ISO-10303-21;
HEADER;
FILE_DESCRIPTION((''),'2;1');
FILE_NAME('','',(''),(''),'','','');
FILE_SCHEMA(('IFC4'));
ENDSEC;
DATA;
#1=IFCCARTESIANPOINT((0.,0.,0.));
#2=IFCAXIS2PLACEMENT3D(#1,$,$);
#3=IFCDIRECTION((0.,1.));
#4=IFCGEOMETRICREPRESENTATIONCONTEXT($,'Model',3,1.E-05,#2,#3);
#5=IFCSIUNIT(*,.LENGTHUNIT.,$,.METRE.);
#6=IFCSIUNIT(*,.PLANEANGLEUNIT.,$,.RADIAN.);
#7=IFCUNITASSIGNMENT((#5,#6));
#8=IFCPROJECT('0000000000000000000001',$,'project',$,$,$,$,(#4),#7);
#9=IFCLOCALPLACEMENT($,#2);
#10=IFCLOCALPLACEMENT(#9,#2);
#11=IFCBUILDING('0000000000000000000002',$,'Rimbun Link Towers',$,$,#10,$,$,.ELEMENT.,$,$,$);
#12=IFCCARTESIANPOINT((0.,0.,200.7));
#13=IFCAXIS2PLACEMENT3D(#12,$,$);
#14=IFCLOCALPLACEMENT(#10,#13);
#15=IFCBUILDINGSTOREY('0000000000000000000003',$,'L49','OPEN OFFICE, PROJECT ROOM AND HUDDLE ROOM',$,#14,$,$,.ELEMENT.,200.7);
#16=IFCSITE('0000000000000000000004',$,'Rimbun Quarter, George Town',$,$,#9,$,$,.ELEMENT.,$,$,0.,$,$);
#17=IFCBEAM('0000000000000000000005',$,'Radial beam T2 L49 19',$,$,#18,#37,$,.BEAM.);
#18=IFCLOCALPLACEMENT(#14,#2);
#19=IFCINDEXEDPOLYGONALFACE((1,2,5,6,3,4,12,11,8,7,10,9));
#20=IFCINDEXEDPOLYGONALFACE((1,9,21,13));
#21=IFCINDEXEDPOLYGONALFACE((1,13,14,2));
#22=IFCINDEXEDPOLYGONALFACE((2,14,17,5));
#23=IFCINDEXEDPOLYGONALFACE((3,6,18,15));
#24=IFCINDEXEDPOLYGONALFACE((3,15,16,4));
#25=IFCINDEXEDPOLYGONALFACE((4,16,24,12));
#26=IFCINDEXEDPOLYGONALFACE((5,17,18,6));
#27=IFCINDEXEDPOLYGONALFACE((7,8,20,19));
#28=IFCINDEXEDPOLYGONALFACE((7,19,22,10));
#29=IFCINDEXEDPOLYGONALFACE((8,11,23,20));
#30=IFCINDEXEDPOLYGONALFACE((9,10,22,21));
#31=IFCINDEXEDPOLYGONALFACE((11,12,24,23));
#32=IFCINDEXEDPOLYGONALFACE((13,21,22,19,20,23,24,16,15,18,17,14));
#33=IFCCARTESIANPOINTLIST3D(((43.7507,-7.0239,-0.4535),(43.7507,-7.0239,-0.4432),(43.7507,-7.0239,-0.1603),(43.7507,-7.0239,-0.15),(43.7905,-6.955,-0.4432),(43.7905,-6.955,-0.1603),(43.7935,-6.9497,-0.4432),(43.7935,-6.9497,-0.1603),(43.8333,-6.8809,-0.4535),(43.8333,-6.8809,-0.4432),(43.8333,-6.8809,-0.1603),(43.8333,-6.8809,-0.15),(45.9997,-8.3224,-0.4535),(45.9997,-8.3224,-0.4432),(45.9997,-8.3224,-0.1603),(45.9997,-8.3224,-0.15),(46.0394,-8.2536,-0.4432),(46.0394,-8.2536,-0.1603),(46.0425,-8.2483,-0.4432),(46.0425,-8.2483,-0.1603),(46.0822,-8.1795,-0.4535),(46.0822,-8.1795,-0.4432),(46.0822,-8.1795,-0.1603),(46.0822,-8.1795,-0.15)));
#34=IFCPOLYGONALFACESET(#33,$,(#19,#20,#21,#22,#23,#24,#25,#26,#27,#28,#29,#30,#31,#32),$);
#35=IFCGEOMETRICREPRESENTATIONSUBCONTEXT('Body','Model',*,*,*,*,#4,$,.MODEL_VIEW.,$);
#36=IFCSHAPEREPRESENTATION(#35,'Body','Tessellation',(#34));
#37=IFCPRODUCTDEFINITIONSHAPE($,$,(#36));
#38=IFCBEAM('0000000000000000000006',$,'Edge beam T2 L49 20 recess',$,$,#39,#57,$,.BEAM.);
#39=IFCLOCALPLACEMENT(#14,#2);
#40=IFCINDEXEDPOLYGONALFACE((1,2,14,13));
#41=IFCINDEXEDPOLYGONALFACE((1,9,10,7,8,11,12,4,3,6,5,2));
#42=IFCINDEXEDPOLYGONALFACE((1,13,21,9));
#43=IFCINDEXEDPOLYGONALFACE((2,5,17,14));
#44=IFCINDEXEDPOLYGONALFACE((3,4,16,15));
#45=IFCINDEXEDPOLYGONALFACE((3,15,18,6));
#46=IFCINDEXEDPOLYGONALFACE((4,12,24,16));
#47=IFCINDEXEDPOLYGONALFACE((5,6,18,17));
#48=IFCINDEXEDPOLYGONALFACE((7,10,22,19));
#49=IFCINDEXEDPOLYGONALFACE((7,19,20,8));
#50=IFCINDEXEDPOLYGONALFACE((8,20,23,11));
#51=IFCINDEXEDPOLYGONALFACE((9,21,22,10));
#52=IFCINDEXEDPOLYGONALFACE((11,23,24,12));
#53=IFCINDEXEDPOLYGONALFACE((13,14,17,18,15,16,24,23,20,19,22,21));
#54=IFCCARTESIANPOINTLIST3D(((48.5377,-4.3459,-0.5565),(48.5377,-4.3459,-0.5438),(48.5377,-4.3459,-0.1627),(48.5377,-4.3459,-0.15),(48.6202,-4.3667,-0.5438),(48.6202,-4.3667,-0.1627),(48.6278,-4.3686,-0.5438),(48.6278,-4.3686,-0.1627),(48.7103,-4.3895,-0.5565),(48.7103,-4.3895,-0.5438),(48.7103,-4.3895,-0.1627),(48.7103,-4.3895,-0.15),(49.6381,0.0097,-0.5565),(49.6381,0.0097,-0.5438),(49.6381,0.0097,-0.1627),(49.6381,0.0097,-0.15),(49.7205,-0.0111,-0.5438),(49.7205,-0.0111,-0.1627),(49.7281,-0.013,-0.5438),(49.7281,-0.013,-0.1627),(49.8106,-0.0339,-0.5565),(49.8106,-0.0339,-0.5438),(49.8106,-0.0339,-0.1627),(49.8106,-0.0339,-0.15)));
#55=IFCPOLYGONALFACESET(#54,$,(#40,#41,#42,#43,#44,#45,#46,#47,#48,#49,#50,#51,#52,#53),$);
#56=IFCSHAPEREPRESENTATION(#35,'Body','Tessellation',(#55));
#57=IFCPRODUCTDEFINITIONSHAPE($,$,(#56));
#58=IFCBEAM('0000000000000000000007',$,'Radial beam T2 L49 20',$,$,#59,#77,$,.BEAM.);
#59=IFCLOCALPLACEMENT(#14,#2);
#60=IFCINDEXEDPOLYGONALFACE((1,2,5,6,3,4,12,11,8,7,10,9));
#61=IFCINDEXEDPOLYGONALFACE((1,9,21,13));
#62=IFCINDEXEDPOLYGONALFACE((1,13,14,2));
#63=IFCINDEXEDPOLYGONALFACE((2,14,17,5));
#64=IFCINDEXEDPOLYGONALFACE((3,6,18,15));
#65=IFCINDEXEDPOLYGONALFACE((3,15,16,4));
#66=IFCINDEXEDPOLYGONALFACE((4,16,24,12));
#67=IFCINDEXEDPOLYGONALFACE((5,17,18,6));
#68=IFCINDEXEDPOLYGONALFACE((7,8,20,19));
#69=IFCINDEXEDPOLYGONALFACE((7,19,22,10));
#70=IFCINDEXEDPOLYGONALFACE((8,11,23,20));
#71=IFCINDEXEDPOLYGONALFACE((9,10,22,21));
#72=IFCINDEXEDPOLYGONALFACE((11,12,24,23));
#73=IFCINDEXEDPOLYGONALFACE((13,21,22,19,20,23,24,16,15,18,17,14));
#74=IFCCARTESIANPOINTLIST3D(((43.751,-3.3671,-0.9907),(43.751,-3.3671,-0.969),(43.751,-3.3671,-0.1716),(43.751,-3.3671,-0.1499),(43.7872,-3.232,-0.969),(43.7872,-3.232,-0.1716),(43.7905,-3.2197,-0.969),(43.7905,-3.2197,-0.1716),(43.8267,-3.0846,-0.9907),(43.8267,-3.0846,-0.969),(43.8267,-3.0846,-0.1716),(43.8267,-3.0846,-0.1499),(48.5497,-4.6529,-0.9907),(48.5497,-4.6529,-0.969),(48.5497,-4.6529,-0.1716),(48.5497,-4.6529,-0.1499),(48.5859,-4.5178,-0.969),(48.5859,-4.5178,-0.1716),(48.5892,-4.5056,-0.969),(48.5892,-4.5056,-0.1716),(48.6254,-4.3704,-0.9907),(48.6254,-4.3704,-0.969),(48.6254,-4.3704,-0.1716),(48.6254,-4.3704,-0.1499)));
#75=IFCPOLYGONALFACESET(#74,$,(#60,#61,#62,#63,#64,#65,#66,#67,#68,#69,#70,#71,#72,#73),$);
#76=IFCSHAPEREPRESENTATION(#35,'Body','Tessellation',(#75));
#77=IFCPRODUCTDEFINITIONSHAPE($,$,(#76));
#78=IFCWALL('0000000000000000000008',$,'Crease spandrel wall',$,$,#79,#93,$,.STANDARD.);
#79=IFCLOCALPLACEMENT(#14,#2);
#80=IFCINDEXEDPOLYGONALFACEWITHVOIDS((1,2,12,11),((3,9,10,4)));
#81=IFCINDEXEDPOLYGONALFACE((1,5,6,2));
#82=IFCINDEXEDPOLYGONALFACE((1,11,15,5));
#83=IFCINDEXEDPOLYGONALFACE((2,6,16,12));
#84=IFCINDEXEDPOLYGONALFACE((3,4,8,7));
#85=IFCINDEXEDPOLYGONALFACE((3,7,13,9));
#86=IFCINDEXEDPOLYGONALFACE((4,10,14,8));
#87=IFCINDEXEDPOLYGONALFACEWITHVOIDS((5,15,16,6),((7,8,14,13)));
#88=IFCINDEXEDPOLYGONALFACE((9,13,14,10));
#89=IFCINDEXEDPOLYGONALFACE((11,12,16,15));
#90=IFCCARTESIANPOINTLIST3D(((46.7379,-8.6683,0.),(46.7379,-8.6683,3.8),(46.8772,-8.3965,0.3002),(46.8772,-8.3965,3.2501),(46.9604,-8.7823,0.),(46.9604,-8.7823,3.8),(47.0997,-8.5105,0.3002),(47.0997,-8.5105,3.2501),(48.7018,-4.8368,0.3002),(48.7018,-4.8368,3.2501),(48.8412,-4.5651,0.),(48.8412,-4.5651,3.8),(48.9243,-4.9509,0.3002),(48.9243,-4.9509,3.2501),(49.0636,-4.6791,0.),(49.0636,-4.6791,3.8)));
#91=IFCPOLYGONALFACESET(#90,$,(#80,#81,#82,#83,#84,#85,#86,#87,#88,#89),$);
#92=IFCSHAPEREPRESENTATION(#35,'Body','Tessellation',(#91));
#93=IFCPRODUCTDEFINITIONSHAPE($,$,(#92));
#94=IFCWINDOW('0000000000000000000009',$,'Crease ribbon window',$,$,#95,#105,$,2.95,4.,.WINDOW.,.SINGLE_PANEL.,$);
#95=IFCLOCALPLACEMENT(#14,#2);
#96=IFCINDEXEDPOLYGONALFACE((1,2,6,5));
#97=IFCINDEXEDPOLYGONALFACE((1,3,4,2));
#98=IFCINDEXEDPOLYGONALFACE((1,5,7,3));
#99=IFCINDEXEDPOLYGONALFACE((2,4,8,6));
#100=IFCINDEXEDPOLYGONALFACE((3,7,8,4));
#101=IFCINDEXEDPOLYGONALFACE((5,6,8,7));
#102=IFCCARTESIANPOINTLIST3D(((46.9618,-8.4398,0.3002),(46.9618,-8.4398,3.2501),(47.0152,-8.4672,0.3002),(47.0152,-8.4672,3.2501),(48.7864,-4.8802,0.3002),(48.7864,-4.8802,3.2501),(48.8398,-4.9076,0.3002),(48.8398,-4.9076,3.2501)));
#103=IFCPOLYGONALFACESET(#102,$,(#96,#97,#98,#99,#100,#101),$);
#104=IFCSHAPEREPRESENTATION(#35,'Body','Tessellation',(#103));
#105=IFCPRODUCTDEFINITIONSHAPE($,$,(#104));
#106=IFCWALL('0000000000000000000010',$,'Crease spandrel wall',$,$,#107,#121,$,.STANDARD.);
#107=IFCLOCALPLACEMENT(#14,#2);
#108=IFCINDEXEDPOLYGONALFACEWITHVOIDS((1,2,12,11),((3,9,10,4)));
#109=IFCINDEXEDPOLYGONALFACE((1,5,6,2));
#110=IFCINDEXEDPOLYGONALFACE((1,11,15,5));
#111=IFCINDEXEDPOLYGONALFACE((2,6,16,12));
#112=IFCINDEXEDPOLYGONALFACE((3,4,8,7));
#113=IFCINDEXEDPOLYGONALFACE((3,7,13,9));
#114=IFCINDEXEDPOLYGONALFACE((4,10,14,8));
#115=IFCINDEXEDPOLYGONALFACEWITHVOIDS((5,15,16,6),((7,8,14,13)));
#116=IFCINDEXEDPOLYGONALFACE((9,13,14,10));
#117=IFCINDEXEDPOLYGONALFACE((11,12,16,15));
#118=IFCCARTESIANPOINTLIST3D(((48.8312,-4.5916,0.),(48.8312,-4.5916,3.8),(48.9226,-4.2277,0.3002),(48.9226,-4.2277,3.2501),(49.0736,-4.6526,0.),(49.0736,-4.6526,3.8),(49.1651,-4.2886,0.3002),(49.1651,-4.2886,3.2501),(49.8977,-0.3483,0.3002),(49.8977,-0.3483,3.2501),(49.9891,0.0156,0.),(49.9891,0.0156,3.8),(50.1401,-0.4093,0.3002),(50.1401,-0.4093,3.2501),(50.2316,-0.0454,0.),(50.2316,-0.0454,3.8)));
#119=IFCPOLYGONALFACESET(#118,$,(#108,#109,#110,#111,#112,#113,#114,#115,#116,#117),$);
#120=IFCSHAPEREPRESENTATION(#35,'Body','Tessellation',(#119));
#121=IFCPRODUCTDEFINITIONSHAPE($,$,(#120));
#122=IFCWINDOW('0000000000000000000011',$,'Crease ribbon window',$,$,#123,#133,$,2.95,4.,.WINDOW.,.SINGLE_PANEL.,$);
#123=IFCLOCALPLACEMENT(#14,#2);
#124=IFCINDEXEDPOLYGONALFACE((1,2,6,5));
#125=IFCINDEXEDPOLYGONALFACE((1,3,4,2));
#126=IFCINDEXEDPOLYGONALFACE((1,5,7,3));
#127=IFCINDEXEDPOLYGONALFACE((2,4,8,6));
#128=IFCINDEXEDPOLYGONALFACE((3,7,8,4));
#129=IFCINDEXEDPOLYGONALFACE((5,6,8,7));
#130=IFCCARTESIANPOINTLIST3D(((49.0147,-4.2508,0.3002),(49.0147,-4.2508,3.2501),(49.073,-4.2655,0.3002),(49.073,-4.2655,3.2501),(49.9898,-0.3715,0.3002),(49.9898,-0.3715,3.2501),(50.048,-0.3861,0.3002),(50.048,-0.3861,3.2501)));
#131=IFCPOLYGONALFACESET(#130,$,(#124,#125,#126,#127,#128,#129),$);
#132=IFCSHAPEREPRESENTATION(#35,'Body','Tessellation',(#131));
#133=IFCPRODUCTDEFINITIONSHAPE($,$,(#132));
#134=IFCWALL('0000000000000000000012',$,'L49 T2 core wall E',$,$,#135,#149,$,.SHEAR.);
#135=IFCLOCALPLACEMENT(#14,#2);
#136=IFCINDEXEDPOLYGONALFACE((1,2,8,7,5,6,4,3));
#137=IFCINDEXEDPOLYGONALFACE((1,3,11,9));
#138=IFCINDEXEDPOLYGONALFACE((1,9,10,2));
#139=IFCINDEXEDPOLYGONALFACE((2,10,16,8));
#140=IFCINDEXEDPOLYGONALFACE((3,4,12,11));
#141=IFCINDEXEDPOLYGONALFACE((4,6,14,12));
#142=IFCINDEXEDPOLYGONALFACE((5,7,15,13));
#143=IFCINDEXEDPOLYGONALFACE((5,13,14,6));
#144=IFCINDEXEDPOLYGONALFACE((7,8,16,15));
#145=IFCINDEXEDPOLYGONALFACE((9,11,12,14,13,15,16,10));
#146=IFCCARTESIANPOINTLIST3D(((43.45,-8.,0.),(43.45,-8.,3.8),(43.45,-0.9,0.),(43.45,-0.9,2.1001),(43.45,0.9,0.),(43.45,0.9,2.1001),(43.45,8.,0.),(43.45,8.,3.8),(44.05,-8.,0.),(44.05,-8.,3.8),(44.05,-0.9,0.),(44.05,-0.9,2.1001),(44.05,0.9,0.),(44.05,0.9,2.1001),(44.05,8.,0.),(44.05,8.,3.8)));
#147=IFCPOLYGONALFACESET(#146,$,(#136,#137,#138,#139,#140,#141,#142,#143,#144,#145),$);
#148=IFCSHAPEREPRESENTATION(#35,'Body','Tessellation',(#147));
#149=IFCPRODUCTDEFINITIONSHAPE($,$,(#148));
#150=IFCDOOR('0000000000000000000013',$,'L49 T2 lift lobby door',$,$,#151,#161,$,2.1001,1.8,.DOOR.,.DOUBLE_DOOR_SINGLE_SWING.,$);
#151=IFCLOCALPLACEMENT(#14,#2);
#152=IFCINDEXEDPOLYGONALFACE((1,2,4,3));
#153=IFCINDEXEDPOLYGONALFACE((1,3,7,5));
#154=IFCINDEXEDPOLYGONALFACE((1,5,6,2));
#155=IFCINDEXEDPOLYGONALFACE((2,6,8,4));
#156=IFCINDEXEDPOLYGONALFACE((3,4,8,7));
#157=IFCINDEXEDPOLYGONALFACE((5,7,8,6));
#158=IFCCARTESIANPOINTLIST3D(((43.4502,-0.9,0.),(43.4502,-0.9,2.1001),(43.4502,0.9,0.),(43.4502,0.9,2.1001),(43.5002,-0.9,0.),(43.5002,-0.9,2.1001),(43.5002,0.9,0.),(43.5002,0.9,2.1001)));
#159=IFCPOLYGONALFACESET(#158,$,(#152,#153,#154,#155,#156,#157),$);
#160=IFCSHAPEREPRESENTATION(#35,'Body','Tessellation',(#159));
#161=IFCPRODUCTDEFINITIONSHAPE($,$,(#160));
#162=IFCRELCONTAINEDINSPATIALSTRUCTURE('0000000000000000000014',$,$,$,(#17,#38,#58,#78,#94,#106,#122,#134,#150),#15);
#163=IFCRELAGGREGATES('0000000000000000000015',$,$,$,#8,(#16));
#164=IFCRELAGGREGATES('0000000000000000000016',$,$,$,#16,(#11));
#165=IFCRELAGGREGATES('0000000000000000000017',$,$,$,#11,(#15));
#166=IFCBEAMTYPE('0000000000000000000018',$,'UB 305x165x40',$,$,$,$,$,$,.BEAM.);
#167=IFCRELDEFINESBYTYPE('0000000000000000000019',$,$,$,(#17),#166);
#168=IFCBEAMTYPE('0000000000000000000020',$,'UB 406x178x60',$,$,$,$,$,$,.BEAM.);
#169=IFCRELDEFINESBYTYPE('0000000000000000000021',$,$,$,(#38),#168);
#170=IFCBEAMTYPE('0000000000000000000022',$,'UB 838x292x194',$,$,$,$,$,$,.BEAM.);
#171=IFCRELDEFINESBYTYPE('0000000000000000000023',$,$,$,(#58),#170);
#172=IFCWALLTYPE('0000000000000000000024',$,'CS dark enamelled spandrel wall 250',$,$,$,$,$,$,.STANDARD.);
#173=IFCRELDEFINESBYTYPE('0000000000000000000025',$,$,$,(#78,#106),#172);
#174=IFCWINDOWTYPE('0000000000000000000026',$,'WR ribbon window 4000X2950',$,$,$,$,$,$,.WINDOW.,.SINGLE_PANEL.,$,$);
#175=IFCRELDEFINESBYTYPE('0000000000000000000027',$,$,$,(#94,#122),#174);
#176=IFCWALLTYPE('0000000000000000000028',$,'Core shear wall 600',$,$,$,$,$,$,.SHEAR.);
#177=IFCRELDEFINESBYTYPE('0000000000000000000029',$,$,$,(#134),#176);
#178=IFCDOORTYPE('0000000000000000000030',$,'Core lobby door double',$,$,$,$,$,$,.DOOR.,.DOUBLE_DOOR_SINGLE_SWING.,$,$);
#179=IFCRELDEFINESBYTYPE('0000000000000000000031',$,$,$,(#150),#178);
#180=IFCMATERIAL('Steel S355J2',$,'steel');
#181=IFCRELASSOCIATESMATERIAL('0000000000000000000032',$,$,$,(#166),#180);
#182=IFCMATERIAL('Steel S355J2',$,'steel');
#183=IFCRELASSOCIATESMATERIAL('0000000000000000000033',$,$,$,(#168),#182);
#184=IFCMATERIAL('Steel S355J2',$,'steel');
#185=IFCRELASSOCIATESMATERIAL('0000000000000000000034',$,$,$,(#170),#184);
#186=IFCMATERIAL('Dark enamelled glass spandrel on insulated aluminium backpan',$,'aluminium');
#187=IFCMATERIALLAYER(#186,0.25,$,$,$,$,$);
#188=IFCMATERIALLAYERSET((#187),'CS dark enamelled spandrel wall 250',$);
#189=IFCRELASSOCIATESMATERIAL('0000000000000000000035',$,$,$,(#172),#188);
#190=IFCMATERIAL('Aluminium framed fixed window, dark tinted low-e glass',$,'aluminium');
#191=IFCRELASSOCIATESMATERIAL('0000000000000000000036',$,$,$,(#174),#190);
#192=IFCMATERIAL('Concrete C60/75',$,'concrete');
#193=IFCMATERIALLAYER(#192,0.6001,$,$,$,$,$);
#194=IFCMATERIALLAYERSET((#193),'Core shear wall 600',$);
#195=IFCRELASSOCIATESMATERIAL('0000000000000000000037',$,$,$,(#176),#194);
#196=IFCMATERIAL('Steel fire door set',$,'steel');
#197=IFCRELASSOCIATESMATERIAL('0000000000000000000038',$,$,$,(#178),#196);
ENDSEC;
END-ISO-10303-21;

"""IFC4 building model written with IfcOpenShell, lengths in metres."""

from ifc_helpers import new_model, si_unit, direction, frame, frame_2d, origin, origin_2d, place, context, subcontext, project, spatial, rectangle, i_section, extrude, material, layer, layer_set, material_profile, profile_set, type_object, element, fill, save


model = new_model("IFC4")

# Units and contexts
model_context = context("Model", 3, precision=1e-05, world=origin(), true_north=direction((0.0, 1.0)))
body_context = subcontext(model_context, "Body", "Model", "MODEL_VIEW")
ifc_project = project(units=[si_unit("LENGTHUNIT", "METRE"), si_unit("PLANEANGLEUNIT", "RADIAN")], contexts=[model_context])

# Site, building, storey
site_placement = place(None, origin())
site = spatial("IfcSite", under=ifc_project, at=site_placement, Name="Rimbun Quarter, George Town", CompositionType="ELEMENT", RefElevation=0.0)
building_placement = place(site_placement, origin())
building = spatial("IfcBuilding", under=site, at=building_placement, Name="Rimbun Link Towers", CompositionType="ELEMENT")
storey_placement = place(building_placement, frame((0.0, 0.0, 200.7)))
storey = spatial("IfcBuildingStorey", under=building, at=storey_placement, Name="L49", Description="OPEN OFFICE, PROJECT ROOM AND HUDDLE ROOM", CompositionType="ELEMENT", Elevation=200.7)

# Beams
ifc_material_1 = material(Name="Steel S355J2", Category="steel")
ifc_material_profile_1 = material_profile(ifc_material_1, i_section(OverallWidth=0.165, OverallDepth=0.3035, WebThickness=0.0061, FlangeThickness=0.0103, at=origin_2d()), Name="UB 305x165x40")
ifc_profile_set_1 = profile_set([ifc_material_profile_1], Name="Steel S355J2")
beam_type_1 = type_object("IfcBeamType", Name="UB 305x165x40", PredefinedType="BEAM", material=ifc_profile_set_1)
beam_1_placement = place(storey_placement, frame((43.792, -6.9524, -0.3018), z_axis=(0.866007, -0.500032, 0.0), x_axis=(0.500032, 0.866007, 0.0)))
element("IfcBeam", 1, at=beam_1_placement, inside=storey, type_object=beam_type_1, Name="Radial beam T2 L49 19", PredefinedType="BEAM", context=body_context, shape_type="SweptSolid", body=[
    extrude(i_section(OverallWidth=0.165, OverallDepth=0.3035, WebThickness=0.0061, FlangeThickness=0.0103, at=origin_2d()), origin(), (0.0, 0.0, 1.0), 2.5969),
])
ifc_material_2 = material(Name="Steel S355J2", Category="steel")
ifc_material_profile_2 = material_profile(ifc_material_2, i_section(OverallWidth=0.178, OverallDepth=0.4065, WebThickness=0.0078, FlangeThickness=0.0127, at=origin_2d()), Name="UB 406x178x60")
ifc_profile_set_2 = profile_set([ifc_material_profile_2], Name="Steel S355J2")
beam_type_2 = type_object("IfcBeamType", Name="UB 406x178x60", PredefinedType="BEAM", material=ifc_profile_set_2)
beam_2_placement = place(storey_placement, frame((48.624, -4.3677, -0.3533), z_axis=(0.244926, 0.969542, 0.0), x_axis=(-0.969542, 0.244926, 0.0)))
element("IfcBeam", 2, at=beam_2_placement, inside=storey, type_object=beam_type_2, Name="Edge beam T2 L49 20 recess", PredefinedType="BEAM", context=body_context, shape_type="SweptSolid", body=[
    extrude(i_section(OverallWidth=0.178, OverallDepth=0.4065, WebThickness=0.0078, FlangeThickness=0.0127, at=origin_2d()), origin(), (0.0, 0.0, 1.0), 4.4924),
])
ifc_material_3 = material(Name="Steel S355J2", Category="steel")
ifc_material_profile_3 = material_profile(ifc_material_3, i_section(OverallWidth=0.2925, OverallDepth=0.8408, WebThickness=0.0127, FlangeThickness=0.0217, at=origin_2d()), Name="UB 838x292x194")
ifc_profile_set_3 = profile_set([ifc_material_profile_3], Name="Steel S355J2")
beam_type_3 = type_object("IfcBeamType", Name="UB 838x292x194", PredefinedType="BEAM", material=ifc_profile_set_3)
beam_3_placement = place(storey_placement, frame((43.7888, -3.2258, -0.5703), z_axis=(0.965923, -0.258828, 0.0), x_axis=(0.258828, 0.965923, 0.0)))
element("IfcBeam", 3, at=beam_3_placement, inside=storey, type_object=beam_type_3, Name="Radial beam T2 L49 20", PredefinedType="BEAM", context=body_context, shape_type="SweptSolid", body=[
    extrude(i_section(OverallWidth=0.2925, OverallDepth=0.8408, WebThickness=0.0127, FlangeThickness=0.0217, at=origin_2d()), origin(), (0.0, 0.0, 1.0), 4.968),
])

# Walls, openings, windows
ifc_material_4 = material(Name="Dark enamelled glass spandrel on insulated aluminium backpan", Category="aluminium")
ifc_layer_1 = layer(ifc_material_4, 0.25)
ifc_layer_set_1 = layer_set([ifc_layer_1], Name="CS dark enamelled spandrel wall 250")
wall_type_1 = type_object("IfcWallType", Name="CS dark enamelled spandrel wall 250", PredefinedType="STANDARD", material=ifc_layer_set_1)
wall_1_placement = place(storey_placement, frame((48.9524, -4.6221, 0.0), z_axis=(0.0, 0.0, 1.0), x_axis=(-0.45615, -0.889903, 0.0)))
wall_1 = element("IfcWall", 4, at=wall_1_placement, inside=storey, type_object=wall_type_1, Name="Crease spandrel wall", PredefinedType="STANDARD", context=body_context, shape_type="SweptSolid", body=[
    extrude(rectangle(XDim=4.6108, YDim=0.25, at=frame_2d((2.3054, 0.0))), origin(), (0.0, 0.0, 1.0), 3.8),
])
opening_1_placement = place(wall_1_placement, frame((0.3054, 0.0, 0.3)))
opening_1 = element("IfcOpeningElement", 5, at=opening_1_placement, cuts=wall_1, PredefinedType="OPENING", context=body_context, shape_type="SweptSolid", body=[
    extrude(rectangle(XDim=4.0, YDim=2.95, at=frame_2d((2.0, 1.4751))), frame((0.0, 0.135, 0.0), z_axis=(0.0, -1.0, 0.0), x_axis=(1.0, 0.0, 0.0)), (0.0, 0.0, 1.0), 0.27),
])
ifc_material_5 = material(Name="Aluminium framed fixed window, dark tinted low-e glass", Category="aluminium")
window_type = type_object("IfcWindowType", Name="WR ribbon window 4000X2950", PartitioningType="SINGLE_PANEL", PredefinedType="WINDOW", material=ifc_material_5)
window_1_placement = place(opening_1_placement, origin())
window_1 = element("IfcWindow", 6, at=window_1_placement, inside=storey, type_object=window_type, Name="Crease ribbon window", OverallHeight=2.95, OverallWidth=4.0, PartitioningType="SINGLE_PANEL", PredefinedType="WINDOW", context=body_context, shape_type="SweptSolid", body=[
    extrude(rectangle(XDim=4.0, YDim=2.95, at=frame_2d((2.0, 1.4751))), frame((0.0, 0.03, 0.0), z_axis=(0.0, -1.0, 0.0), x_axis=(1.0, 0.0, 0.0)), (0.0, 0.0, 1.0), 0.0601),
])
fill(opening_1, window_1)
wall_2_placement = place(storey_placement, frame((50.1104, -0.0149, 0.0), z_axis=(0.0, 0.0, 1.0), x_axis=(-0.243757, -0.969836, 0.0)))
wall_2 = element("IfcWall", 7, at=wall_2_placement, inside=storey, type_object=wall_type_1, Name="Crease spandrel wall", PredefinedType="STANDARD", context=body_context, shape_type="SweptSolid", body=[
    extrude(rectangle(XDim=4.7505, YDim=0.25, at=frame_2d((2.3752, 0.0))), origin(), (0.0, 0.0, 1.0), 3.8),
])
opening_2_placement = place(wall_2_placement, frame((0.3752, 0.0, 0.3)))
opening_2 = element("IfcOpeningElement", 8, at=opening_2_placement, cuts=wall_2, PredefinedType="OPENING", context=body_context, shape_type="SweptSolid", body=[
    extrude(rectangle(XDim=4.0, YDim=2.95, at=frame_2d((2.0, 1.4751))), frame((0.0, 0.135, 0.0), z_axis=(0.0, -1.0, 0.0), x_axis=(1.0, 0.0, 0.0)), (0.0, 0.0, 1.0), 0.27),
])
window_2_placement = place(opening_2_placement, origin())
window_2 = element("IfcWindow", 9, at=window_2_placement, inside=storey, type_object=window_type, Name="Crease ribbon window", OverallHeight=2.95, OverallWidth=4.0, PartitioningType="SINGLE_PANEL", PredefinedType="WINDOW", context=body_context, shape_type="SweptSolid", body=[
    extrude(rectangle(XDim=4.0, YDim=2.95, at=frame_2d((2.0, 1.4751))), frame((0.0, 0.03, 0.0), z_axis=(0.0, -1.0, 0.0), x_axis=(1.0, 0.0, 0.0)), (0.0, 0.0, 1.0), 0.0601),
])
fill(opening_2, window_2)

# Wall, opening, door
ifc_material_6 = material(Name="Concrete C60/75", Category="concrete")
ifc_layer_2 = layer(ifc_material_6, 0.6001)
ifc_layer_set_2 = layer_set([ifc_layer_2], Name="Core shear wall 600")
wall_type_2 = type_object("IfcWallType", Name="Core shear wall 600", PredefinedType="SHEAR", material=ifc_layer_set_2)
wall_3_placement = place(storey_placement, frame((43.75, -8.0, 0.0), z_axis=(0.0, 0.0, 1.0), x_axis=(0.0, 1.0, 0.0)))
wall_3 = element("IfcWall", 10, at=wall_3_placement, inside=storey, type_object=wall_type_2, Name="L49 T2 core wall E", PredefinedType="SHEAR", context=body_context, shape_type="SweptSolid", body=[
    extrude(rectangle(XDim=16.0, YDim=0.6001, at=frame_2d((8.0, 0.0))), origin(), (0.0, 0.0, 1.0), 3.8),
])
opening_3_placement = place(wall_3_placement, frame((7.1001, 0.0, 0.0)))
opening_3 = element("IfcOpeningElement", 11, at=opening_3_placement, cuts=wall_3, PredefinedType="OPENING", context=body_context, shape_type="SweptSolid", body=[
    extrude(rectangle(XDim=1.8, YDim=2.1001, at=frame_2d((0.8999, 1.05))), frame((0.0, 0.3101, 0.0), z_axis=(0.0, -1.0, 0.0), x_axis=(1.0, 0.0, 0.0)), (0.0, 0.0, 1.0), 0.6201),
])
ifc_material_7 = material(Name="Steel fire door set", Category="steel")
door_type = type_object("IfcDoorType", Name="Core lobby door double", OperationType="DOUBLE_DOOR_SINGLE_SWING", PredefinedType="DOOR", material=ifc_material_7)
door_placement = place(opening_3_placement, origin())
door = element("IfcDoor", 12, at=door_placement, inside=storey, type_object=door_type, Name="L49 T2 lift lobby door", OperationType="DOUBLE_DOOR_SINGLE_SWING", OverallHeight=2.1001, OverallWidth=1.8, PredefinedType="DOOR", context=body_context, shape_type="SweptSolid", body=[
    extrude(rectangle(XDim=1.8, YDim=2.1001, at=frame_2d((0.8999, 1.05))), frame((0.0, 0.2998, 0.0), z_axis=(0.0, -1.0, 0.0), x_axis=(1.0, 0.0, 0.0)), (0.0, 0.0, 1.0), 0.05),
])
fill(opening_3, door)

save(model, "model.ifc")
